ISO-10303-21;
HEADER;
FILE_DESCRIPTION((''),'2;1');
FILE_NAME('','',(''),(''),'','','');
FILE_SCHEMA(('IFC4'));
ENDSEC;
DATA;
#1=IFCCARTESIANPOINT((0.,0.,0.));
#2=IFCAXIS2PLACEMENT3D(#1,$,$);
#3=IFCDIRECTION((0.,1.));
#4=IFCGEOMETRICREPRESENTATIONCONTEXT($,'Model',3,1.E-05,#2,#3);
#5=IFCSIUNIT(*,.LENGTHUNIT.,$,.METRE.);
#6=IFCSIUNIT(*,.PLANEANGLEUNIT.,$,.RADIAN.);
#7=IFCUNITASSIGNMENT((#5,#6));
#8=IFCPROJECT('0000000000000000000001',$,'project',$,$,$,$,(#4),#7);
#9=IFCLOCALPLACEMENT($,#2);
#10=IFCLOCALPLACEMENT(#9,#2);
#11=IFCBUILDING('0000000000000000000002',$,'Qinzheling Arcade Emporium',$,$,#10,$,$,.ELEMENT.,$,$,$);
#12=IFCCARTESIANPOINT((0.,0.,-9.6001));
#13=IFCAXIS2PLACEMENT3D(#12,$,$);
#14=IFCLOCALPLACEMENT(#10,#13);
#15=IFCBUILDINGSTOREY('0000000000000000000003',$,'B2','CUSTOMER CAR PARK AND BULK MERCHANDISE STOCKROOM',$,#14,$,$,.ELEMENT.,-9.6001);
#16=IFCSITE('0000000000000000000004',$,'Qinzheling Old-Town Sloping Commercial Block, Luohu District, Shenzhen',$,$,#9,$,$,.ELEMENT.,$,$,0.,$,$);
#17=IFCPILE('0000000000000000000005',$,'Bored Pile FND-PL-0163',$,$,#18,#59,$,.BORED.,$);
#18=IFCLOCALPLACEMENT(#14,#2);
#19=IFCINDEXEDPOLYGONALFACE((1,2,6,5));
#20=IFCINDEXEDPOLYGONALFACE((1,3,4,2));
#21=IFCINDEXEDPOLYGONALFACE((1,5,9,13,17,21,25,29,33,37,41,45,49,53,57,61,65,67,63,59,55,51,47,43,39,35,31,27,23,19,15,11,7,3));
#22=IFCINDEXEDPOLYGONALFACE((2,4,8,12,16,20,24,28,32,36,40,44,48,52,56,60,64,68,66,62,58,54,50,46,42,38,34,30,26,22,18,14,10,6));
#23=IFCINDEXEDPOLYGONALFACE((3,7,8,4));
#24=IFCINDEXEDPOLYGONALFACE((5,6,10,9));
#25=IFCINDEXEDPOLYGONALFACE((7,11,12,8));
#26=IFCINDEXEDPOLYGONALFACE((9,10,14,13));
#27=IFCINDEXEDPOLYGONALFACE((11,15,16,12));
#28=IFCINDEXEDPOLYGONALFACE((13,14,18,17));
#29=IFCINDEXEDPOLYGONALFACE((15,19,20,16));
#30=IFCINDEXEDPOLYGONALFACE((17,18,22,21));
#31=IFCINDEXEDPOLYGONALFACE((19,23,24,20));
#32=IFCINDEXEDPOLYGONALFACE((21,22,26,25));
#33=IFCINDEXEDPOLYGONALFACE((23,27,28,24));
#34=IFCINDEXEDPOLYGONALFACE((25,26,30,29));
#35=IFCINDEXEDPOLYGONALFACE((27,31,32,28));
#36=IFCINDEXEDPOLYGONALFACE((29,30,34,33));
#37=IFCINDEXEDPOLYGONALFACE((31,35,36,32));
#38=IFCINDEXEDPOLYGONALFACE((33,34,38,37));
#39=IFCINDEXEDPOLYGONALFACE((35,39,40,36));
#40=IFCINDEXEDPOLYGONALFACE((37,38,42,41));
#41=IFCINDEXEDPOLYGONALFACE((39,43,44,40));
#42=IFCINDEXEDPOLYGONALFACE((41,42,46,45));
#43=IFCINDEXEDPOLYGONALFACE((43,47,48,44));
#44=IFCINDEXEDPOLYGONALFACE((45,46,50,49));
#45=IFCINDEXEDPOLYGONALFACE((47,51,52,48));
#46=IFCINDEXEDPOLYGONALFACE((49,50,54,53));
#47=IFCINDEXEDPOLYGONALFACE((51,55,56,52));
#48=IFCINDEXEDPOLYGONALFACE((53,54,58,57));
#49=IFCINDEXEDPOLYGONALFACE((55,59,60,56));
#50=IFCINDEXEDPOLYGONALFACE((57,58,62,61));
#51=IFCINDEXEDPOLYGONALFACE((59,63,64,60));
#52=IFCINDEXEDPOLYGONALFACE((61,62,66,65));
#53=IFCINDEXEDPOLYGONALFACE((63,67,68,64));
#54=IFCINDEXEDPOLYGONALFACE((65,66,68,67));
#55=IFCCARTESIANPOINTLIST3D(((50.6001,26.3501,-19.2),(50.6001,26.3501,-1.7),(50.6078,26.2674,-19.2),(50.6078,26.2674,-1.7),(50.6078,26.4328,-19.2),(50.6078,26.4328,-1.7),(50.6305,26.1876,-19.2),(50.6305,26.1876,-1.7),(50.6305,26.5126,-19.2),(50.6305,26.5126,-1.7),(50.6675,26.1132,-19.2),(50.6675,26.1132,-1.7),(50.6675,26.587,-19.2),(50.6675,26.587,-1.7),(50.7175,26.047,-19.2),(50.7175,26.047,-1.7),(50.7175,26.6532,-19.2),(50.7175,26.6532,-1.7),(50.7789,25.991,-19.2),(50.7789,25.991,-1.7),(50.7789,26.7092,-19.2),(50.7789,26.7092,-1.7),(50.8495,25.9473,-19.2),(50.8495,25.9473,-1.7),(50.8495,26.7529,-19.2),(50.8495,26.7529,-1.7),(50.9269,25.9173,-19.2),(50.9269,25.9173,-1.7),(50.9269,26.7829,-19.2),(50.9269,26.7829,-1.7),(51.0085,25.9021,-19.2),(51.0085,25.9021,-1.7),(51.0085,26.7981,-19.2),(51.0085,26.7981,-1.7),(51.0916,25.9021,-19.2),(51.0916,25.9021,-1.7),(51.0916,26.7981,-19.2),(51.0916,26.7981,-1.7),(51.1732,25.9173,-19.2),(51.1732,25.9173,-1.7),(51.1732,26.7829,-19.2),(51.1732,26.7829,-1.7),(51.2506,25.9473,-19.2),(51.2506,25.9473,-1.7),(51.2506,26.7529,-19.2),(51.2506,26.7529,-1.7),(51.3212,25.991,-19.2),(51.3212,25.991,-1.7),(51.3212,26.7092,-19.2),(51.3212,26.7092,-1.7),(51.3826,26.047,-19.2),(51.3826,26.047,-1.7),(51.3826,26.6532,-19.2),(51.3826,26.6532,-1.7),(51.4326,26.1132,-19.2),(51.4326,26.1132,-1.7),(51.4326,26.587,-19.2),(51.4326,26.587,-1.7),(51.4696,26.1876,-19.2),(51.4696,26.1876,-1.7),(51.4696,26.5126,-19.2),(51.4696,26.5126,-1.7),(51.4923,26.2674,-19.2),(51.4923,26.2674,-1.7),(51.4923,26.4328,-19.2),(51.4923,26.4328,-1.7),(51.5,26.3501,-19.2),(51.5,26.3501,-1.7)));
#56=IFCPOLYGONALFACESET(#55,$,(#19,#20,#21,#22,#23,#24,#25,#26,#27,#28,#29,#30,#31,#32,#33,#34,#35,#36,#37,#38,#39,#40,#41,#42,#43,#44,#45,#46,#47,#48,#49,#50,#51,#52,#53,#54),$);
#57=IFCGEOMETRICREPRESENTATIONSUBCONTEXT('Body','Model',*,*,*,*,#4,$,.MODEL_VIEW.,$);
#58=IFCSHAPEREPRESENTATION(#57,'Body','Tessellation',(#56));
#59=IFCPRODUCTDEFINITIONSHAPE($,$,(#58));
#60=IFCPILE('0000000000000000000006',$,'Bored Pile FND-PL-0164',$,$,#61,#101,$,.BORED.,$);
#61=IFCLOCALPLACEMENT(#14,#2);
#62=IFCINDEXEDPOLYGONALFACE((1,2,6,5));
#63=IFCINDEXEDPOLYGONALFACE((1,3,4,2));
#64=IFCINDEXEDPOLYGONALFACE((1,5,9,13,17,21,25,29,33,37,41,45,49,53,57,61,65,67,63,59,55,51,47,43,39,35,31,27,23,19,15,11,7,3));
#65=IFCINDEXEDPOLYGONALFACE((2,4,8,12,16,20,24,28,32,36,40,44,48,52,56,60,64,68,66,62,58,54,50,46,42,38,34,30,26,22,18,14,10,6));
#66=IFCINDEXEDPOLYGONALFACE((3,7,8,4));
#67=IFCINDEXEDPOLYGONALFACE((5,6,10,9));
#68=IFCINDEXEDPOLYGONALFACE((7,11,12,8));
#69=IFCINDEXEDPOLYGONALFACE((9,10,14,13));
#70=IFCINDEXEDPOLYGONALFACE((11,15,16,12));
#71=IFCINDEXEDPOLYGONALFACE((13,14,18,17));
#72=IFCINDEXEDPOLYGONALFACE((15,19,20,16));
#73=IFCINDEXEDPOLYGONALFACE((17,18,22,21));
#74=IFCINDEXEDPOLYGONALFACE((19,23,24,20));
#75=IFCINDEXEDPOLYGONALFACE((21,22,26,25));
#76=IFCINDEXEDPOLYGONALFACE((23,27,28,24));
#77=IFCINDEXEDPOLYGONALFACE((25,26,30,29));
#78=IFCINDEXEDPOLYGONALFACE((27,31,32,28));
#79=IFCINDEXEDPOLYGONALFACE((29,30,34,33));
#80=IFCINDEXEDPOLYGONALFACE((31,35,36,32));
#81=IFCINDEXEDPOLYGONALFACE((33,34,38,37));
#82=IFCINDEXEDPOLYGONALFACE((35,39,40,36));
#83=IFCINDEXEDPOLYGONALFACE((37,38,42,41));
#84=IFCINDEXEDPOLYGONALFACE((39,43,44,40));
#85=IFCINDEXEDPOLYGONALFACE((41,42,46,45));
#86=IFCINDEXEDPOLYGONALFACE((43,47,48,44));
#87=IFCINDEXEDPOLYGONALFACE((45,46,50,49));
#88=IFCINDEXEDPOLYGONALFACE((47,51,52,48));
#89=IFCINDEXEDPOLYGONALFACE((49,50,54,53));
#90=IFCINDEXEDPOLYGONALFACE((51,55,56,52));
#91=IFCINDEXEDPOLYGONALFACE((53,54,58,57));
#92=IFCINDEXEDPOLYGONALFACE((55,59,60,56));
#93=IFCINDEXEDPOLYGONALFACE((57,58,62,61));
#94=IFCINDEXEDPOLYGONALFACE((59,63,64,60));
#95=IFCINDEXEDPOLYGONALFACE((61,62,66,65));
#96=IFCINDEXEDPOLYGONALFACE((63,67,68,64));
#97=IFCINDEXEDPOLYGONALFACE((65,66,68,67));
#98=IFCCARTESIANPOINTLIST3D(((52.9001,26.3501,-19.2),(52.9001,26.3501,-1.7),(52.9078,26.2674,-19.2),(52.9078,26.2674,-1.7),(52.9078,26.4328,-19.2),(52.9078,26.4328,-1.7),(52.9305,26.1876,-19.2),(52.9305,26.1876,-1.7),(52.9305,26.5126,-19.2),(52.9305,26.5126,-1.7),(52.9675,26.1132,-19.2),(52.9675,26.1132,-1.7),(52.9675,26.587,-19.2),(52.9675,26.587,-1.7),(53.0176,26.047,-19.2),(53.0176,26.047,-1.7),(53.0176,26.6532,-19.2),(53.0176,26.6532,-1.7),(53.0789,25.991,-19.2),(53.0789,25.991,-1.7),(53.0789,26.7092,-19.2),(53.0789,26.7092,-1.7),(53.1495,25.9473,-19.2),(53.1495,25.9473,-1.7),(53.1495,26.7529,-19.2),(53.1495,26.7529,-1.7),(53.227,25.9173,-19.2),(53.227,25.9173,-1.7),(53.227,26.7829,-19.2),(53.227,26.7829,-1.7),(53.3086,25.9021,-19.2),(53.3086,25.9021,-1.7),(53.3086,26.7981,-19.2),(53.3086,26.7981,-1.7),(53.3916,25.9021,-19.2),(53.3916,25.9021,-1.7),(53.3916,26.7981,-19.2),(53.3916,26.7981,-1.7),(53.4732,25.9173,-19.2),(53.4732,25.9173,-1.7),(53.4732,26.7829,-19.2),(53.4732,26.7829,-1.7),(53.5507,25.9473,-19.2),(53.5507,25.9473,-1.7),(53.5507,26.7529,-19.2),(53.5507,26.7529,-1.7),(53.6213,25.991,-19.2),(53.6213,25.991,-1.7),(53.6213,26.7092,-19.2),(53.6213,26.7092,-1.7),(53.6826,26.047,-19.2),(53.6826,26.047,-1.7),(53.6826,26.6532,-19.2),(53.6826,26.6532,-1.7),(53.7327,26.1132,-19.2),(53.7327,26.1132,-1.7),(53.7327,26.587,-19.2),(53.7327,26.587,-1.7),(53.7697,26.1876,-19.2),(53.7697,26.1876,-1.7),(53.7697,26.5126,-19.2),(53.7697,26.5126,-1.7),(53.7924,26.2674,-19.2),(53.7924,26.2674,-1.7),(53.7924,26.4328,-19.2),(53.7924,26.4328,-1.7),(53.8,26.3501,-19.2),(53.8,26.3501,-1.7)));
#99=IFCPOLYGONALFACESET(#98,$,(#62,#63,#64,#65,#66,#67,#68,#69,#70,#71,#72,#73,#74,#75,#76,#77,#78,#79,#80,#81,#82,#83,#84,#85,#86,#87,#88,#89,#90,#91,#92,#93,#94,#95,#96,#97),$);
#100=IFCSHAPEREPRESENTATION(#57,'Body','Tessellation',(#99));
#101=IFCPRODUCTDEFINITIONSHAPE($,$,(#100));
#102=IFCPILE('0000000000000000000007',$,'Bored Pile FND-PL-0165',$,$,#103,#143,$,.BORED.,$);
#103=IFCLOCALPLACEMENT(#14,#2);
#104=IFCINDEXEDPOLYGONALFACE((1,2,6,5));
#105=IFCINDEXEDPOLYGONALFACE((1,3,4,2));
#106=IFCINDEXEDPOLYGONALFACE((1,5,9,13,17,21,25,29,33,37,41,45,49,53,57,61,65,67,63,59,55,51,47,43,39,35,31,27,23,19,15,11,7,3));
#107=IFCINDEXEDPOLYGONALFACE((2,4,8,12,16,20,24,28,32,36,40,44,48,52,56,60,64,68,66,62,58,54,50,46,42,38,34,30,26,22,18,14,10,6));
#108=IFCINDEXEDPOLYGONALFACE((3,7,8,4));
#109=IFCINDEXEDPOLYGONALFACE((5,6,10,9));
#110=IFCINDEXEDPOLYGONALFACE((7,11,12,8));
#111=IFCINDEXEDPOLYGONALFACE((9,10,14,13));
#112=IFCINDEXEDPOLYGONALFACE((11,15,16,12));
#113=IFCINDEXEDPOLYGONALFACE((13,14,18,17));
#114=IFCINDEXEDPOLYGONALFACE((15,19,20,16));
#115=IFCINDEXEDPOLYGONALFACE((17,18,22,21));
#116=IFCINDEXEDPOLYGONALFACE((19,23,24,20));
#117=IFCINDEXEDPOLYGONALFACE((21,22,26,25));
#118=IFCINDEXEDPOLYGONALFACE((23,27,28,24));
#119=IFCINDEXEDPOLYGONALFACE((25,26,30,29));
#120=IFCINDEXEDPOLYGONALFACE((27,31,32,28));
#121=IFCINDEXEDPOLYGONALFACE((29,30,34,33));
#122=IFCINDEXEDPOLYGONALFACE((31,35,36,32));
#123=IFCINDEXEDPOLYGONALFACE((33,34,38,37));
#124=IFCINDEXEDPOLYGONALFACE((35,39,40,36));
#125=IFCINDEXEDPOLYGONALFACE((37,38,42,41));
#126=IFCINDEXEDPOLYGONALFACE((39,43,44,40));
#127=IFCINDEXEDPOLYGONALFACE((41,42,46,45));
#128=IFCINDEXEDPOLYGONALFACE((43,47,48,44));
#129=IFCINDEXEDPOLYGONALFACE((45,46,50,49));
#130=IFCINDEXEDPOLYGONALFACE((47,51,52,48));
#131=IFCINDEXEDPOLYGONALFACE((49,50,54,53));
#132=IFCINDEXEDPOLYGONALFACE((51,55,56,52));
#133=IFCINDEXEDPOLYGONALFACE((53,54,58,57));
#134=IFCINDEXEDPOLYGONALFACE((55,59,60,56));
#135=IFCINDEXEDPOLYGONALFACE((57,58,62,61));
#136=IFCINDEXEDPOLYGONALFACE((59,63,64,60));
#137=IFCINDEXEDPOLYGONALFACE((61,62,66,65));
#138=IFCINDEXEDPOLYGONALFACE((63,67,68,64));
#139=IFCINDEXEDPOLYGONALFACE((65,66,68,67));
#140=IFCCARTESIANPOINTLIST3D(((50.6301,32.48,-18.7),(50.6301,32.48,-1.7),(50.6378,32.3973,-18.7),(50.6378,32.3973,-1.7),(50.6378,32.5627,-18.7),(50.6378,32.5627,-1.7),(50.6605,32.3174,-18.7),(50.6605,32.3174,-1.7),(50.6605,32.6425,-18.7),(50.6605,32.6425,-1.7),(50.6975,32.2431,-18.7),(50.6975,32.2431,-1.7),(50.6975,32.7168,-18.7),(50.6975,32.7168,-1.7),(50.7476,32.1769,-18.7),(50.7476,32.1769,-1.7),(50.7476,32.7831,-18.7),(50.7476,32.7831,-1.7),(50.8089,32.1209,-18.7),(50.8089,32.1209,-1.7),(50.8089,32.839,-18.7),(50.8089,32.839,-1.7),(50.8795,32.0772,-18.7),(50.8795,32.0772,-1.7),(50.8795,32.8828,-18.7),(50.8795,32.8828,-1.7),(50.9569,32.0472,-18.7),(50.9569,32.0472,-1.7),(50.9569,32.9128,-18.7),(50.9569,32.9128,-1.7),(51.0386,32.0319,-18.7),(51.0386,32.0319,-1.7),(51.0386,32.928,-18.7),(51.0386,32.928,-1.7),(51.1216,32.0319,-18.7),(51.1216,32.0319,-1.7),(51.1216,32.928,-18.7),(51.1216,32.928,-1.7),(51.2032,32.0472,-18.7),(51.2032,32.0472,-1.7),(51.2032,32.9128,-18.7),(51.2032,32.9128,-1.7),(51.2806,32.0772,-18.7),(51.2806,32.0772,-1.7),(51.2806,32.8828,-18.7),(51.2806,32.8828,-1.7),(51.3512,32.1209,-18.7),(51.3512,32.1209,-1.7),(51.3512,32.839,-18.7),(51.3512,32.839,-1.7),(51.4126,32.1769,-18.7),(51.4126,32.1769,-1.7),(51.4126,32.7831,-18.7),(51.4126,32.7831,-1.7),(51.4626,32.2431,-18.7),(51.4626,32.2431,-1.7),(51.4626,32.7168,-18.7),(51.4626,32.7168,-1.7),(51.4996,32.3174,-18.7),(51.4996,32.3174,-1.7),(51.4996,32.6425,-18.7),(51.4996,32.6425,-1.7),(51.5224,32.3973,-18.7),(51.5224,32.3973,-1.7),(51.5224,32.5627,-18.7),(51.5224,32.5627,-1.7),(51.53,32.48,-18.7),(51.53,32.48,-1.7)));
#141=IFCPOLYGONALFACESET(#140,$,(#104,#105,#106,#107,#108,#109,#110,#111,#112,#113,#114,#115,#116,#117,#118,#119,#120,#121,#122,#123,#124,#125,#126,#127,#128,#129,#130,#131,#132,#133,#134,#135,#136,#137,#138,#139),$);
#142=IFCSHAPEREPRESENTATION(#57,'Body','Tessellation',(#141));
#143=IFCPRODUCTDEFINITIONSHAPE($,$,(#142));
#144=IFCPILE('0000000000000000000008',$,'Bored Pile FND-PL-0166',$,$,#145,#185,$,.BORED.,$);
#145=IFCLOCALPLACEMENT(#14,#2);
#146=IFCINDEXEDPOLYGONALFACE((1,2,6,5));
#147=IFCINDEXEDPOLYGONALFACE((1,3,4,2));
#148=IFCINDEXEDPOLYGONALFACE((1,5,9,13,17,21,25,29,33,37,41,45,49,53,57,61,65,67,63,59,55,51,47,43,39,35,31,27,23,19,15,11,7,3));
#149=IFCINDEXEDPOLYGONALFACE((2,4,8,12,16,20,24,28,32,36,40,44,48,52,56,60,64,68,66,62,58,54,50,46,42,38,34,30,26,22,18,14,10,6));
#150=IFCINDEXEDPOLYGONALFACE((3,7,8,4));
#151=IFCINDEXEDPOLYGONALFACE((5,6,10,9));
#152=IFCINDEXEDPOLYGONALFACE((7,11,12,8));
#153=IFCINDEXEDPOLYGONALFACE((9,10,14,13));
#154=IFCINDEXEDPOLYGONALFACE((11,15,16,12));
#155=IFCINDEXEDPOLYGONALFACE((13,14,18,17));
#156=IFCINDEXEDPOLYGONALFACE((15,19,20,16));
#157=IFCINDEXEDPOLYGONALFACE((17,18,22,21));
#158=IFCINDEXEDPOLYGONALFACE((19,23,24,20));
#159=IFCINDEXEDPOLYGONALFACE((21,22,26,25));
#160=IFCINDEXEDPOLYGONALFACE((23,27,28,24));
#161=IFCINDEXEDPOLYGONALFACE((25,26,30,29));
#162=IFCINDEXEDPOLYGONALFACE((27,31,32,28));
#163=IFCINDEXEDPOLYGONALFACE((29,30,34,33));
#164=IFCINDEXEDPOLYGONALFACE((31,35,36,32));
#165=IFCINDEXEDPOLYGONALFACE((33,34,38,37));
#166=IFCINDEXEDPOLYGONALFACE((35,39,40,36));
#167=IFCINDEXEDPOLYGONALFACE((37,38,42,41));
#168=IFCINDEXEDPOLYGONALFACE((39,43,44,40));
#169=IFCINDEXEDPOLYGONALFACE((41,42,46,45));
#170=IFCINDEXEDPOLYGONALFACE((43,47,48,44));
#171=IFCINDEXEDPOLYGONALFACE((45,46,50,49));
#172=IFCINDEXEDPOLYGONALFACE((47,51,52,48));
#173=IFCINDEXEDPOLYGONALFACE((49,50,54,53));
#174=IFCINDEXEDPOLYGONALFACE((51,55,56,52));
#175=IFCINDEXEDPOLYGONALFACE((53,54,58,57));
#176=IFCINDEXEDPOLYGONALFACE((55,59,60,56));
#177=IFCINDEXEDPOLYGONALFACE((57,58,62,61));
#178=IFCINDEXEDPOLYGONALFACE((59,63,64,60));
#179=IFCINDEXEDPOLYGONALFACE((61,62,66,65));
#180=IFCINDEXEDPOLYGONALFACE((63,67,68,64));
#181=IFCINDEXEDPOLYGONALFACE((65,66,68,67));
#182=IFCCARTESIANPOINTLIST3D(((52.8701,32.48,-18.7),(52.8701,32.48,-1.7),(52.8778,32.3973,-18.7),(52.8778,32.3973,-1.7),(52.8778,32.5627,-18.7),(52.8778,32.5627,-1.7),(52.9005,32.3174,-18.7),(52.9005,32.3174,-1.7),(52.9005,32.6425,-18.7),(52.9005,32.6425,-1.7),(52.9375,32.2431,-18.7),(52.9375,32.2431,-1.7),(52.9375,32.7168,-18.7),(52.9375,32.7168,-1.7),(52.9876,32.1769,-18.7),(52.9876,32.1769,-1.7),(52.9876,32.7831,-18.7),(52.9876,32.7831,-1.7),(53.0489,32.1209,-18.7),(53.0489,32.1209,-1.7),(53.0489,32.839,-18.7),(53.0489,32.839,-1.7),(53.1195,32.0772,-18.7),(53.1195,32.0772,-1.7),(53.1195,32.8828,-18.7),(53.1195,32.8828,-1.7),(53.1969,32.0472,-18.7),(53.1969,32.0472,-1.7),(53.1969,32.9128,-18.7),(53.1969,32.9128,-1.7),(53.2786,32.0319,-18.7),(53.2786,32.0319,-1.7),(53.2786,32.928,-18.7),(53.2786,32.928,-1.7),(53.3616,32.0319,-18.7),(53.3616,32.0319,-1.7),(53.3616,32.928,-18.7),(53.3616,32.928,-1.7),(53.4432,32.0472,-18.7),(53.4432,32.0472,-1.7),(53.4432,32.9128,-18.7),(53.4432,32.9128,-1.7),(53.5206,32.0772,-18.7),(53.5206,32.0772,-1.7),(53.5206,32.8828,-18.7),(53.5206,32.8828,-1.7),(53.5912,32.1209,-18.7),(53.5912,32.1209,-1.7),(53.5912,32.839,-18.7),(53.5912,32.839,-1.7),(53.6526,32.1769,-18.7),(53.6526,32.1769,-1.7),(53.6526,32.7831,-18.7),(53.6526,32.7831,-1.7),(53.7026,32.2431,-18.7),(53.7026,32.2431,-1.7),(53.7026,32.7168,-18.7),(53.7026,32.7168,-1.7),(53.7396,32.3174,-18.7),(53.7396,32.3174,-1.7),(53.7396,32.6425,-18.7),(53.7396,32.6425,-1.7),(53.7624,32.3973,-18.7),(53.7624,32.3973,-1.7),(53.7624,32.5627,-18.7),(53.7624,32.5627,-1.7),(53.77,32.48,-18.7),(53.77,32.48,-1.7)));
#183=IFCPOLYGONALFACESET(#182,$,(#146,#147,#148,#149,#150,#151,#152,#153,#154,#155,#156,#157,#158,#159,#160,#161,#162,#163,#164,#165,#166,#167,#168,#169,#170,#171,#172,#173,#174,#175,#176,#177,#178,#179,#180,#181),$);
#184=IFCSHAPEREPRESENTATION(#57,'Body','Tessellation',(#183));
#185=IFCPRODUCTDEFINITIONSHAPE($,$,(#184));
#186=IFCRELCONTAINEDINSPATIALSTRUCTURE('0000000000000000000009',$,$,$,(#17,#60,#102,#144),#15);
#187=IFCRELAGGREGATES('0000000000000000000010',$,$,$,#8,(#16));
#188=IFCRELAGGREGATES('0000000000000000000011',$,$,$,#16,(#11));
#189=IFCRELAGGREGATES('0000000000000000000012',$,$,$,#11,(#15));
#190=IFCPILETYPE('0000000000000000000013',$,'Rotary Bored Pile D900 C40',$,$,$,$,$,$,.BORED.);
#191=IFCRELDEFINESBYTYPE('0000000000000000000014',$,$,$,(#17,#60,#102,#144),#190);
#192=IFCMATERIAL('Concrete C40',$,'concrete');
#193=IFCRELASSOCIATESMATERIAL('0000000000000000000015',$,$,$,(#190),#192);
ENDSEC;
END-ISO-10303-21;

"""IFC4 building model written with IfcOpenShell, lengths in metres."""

from ifc_helpers import new_model, si_unit, direction, frame, origin, origin_2d, place, context, subcontext, project, spatial, circle, extrude, material, material_profile, profile_set, type_object, element, save


model = new_model("IFC4")

# Units and contexts
model_context = context("Model", 3, precision=1e-05, world=origin(), true_north=direction((0.0, 1.0)))
body_context = subcontext(model_context, "Body", "Model", "MODEL_VIEW")
ifc_project = project(units=[si_unit("LENGTHUNIT", "METRE"), si_unit("PLANEANGLEUNIT", "RADIAN")], contexts=[model_context])

# Site, building, storey
site_placement = place(None, origin())
site = spatial("IfcSite", under=ifc_project, at=site_placement, Name="Qinzheling Old-Town Sloping Commercial Block, Luohu District, Shenzhen", CompositionType="ELEMENT", RefElevation=0.0)
building_placement = place(site_placement, origin())
building = spatial("IfcBuilding", under=site, at=building_placement, Name="Qinzheling Arcade Emporium", CompositionType="ELEMENT")
storey_placement = place(building_placement, frame((0.0, 0.0, -9.6001)))
storey = spatial("IfcBuildingStorey", under=building, at=storey_placement, Name="B2", Description="CUSTOMER CAR PARK AND BULK MERCHANDISE STOCKROOM", CompositionType="ELEMENT", Elevation=-9.6001)

# Shared definitions
ifc_material_1 = material(Name="Concrete C40", Category="concrete")

# Piles
ifc_material_profile_1 = material_profile(ifc_material_1, circle(Radius=0.45, at=origin_2d()), Name="BORED D900", Category="concrete")
ifc_profile_set_1 = profile_set([ifc_material_profile_1], Name="Concrete C40")
pile_type = type_object("IfcPileType", Name="Rotary Bored Pile D900 C40", PredefinedType="BORED", material=ifc_profile_set_1)
for number, where, z_axis, x_axis, name in (
    (1, (51.05, 26.3501, -1.7), (0.0, 0.0, -1.0), (1.0, 0.0, 0.0), "Bored Pile FND-PL-0163"),
    (2, (53.3501, 26.3501, -1.7), (0.0, 0.0, -1.0), (1.0, 0.0, 0.0), "Bored Pile FND-PL-0164"),
):
    element("IfcPile", number, at=place(storey_placement, frame(where, z_axis=z_axis, x_axis=x_axis)), inside=storey, type_object=pile_type, Name=name, PredefinedType="BORED", context=body_context, shape_type="SweptSolid", body=[
        extrude(circle(Radius=0.45, at=origin_2d()), origin(), (0.0, 0.0, 1.0), 17.5),
    ])
for number, where, z_axis, x_axis, name in (
    (3, (51.0801, 32.48, -1.7), (0.0, 0.0, -1.0), (1.0, 0.0, 0.0), "Bored Pile FND-PL-0165"),
    (4, (53.3201, 32.48, -1.7), (0.0, 0.0, -1.0), (1.0, 0.0, 0.0), "Bored Pile FND-PL-0166"),
):
    element("IfcPile", number, at=place(storey_placement, frame(where, z_axis=z_axis, x_axis=x_axis)), inside=storey, type_object=pile_type, Name=name, PredefinedType="BORED", context=body_context, shape_type="SweptSolid", body=[
        extrude(circle(Radius=0.45, at=origin_2d()), origin(), (0.0, 0.0, 1.0), 17.0),
    ])

save(model, "model.ifc")
